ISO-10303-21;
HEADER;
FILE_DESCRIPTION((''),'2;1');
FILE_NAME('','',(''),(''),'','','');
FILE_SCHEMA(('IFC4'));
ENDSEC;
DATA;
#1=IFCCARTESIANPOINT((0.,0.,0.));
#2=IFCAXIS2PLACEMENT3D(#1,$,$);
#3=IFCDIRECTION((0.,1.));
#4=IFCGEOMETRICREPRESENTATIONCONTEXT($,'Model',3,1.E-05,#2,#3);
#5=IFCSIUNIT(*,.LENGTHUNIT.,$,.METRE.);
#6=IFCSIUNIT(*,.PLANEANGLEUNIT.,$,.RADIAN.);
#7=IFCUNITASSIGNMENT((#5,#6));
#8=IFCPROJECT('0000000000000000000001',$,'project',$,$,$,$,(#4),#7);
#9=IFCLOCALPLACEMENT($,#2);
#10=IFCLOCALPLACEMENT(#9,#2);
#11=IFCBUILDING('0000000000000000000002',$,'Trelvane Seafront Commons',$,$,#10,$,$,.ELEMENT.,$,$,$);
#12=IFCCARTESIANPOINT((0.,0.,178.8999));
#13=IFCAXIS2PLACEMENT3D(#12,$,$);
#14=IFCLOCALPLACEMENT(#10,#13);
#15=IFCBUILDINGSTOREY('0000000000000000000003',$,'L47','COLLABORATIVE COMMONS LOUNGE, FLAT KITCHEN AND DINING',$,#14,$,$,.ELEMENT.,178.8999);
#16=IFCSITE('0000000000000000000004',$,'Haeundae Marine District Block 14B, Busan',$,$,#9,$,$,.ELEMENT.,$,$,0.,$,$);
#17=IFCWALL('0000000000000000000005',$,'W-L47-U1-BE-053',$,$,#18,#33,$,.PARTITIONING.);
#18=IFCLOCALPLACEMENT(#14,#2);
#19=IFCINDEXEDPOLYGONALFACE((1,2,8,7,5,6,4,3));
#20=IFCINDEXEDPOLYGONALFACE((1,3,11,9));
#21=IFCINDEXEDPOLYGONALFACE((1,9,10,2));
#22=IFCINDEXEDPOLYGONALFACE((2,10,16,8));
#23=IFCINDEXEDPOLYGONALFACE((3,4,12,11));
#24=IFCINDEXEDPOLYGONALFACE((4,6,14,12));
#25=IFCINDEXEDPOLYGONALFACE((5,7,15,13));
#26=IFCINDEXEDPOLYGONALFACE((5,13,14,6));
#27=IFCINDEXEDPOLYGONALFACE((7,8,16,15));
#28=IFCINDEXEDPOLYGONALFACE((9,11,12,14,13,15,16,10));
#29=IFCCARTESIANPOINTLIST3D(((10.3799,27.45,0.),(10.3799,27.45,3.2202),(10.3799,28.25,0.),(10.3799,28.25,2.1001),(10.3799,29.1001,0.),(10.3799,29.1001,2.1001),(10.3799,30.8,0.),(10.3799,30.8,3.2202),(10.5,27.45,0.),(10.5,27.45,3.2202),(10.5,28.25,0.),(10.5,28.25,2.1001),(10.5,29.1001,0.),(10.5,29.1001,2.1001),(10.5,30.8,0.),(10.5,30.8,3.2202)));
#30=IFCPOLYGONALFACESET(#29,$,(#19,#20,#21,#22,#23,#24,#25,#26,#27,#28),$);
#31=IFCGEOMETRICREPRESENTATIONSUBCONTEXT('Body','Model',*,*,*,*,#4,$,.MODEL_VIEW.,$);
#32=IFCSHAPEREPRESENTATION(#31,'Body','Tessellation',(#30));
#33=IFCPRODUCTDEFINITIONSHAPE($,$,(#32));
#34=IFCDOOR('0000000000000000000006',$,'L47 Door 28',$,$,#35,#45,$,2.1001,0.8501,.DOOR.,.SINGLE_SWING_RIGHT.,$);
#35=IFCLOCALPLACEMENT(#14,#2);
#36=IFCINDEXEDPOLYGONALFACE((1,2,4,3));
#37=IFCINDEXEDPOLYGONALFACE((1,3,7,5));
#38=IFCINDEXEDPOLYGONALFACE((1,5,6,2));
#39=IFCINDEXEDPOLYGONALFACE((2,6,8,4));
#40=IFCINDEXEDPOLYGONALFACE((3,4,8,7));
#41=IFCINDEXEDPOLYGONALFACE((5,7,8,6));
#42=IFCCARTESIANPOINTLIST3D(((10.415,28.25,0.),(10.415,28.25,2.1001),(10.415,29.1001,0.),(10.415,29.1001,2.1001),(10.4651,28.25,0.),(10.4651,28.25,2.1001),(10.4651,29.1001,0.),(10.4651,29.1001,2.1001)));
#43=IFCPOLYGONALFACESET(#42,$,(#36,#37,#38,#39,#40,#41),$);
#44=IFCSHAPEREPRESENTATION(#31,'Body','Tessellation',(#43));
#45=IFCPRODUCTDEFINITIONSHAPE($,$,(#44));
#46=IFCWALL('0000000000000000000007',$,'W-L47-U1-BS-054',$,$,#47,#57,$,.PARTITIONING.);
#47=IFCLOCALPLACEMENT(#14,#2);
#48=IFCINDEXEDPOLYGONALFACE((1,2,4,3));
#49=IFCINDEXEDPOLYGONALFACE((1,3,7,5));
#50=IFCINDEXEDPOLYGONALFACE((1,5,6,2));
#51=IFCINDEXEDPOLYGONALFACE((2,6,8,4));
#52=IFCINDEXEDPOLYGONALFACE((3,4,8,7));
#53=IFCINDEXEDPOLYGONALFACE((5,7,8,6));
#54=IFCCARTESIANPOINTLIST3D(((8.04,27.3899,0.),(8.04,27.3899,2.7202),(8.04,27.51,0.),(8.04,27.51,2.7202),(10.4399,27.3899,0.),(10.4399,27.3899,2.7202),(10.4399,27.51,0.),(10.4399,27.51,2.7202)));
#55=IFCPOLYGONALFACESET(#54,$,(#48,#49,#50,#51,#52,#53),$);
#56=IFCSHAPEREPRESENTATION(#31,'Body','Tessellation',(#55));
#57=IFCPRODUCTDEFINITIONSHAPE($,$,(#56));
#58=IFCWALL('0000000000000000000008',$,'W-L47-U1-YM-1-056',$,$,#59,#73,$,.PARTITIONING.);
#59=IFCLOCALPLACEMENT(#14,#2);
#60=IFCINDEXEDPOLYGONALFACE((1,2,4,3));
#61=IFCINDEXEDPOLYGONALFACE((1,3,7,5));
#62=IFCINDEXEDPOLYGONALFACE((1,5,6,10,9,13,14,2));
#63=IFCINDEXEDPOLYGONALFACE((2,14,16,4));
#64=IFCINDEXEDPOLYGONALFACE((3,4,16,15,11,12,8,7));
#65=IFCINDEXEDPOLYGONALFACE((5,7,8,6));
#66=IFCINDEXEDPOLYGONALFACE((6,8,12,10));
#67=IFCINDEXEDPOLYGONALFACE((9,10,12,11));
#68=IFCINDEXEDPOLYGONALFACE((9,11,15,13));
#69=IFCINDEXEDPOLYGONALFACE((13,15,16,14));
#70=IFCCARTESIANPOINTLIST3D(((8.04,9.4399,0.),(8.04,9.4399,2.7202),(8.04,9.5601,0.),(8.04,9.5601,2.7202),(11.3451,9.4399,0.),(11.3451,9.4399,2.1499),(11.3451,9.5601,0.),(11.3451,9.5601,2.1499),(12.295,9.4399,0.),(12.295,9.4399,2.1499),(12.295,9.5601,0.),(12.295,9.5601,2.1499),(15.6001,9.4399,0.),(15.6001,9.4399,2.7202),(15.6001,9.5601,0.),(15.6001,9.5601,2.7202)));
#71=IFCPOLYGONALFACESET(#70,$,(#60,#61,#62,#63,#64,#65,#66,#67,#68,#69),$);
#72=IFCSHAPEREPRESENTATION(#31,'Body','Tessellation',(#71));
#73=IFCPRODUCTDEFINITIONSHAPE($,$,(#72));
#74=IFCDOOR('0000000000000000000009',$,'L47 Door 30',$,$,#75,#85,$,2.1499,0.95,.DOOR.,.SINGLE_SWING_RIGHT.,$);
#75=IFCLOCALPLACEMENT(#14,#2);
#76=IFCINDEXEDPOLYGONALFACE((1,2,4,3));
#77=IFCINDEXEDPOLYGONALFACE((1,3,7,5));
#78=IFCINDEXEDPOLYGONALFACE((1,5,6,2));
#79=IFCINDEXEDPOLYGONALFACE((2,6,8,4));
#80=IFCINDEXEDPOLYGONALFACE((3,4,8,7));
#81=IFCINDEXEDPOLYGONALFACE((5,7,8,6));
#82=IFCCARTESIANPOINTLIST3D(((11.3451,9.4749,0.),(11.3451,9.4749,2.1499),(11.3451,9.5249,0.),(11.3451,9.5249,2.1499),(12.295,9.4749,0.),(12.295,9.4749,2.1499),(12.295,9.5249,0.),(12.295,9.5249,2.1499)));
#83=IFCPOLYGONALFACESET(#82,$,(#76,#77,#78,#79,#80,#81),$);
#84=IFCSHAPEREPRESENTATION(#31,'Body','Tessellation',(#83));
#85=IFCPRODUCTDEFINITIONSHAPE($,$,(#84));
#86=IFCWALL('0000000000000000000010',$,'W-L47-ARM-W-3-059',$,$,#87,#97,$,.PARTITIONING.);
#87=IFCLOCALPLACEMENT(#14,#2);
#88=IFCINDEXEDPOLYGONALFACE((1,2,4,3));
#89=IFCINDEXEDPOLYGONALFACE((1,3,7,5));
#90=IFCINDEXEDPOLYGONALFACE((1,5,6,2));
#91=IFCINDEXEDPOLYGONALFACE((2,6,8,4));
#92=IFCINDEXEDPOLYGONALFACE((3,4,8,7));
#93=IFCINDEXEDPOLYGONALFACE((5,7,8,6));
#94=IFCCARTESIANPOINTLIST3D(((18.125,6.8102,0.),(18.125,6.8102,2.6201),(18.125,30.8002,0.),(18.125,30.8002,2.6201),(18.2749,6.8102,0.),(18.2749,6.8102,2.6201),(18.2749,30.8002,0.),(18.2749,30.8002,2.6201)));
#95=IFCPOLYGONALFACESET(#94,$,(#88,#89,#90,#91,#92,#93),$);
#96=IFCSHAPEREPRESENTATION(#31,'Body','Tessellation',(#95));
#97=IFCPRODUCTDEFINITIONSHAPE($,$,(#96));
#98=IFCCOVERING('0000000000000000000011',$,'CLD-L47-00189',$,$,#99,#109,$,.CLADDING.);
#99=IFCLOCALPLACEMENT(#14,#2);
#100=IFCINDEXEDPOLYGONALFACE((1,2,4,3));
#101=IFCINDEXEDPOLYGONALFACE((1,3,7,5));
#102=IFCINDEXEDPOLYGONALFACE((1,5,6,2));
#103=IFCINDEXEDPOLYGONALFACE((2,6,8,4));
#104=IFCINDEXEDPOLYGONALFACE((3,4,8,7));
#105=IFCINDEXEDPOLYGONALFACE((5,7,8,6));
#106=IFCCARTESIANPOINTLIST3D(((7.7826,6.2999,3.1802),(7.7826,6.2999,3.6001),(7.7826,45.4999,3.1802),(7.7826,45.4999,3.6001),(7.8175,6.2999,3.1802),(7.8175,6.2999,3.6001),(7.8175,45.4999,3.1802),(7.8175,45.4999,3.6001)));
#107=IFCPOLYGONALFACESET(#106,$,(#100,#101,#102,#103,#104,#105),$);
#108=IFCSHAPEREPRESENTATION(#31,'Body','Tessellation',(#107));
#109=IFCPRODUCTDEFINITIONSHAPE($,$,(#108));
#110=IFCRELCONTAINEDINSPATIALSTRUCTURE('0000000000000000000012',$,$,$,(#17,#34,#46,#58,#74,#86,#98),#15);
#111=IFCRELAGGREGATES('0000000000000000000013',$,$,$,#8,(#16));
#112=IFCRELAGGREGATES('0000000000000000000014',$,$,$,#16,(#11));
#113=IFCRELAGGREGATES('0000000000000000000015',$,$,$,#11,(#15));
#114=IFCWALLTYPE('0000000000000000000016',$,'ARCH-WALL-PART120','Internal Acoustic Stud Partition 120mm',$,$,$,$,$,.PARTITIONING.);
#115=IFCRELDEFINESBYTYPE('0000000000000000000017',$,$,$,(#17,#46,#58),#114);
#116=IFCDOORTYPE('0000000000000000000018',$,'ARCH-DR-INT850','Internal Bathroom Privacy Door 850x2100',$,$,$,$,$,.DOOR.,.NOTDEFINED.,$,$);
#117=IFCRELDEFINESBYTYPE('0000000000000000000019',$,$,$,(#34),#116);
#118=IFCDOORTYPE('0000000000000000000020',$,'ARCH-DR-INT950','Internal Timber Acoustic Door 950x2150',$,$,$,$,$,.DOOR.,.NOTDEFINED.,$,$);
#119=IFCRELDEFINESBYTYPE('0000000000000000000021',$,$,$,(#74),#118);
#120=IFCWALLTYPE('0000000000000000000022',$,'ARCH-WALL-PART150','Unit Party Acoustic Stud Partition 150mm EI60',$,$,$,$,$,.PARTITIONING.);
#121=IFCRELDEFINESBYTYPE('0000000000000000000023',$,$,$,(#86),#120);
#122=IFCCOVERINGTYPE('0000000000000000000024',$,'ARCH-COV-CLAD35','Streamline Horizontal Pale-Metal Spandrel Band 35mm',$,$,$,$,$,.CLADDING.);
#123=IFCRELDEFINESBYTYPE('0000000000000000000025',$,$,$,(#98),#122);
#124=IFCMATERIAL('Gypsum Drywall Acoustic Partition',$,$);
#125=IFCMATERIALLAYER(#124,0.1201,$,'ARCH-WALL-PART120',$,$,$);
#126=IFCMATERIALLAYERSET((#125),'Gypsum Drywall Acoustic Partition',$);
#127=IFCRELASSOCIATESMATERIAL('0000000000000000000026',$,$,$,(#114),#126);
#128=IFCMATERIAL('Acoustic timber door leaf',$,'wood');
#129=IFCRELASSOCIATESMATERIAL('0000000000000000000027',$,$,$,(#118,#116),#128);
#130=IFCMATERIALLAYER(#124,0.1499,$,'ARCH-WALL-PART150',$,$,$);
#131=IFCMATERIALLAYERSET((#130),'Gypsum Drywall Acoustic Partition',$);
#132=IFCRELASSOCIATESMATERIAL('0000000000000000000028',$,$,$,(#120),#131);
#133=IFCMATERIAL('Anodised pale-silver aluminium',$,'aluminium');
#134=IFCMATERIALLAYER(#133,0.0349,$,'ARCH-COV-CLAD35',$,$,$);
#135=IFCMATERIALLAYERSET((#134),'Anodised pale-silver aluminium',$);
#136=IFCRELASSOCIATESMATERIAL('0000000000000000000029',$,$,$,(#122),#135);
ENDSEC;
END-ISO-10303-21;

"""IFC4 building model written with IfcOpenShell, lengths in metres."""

from ifc_helpers import new_model, si_unit, direction, frame, frame_2d, origin, origin_2d, place, context, subcontext, project, spatial, rectangle, extrude, source, transform, mapped, material, layer, layer_set, type_object, element, fill, save


model = new_model("IFC4")

# Units and contexts
model_context = context("Model", 3, precision=1e-05, world=origin(), true_north=direction((0.0, 1.0)))
body_context = subcontext(model_context, "Body", "Model", "MODEL_VIEW")
ifc_project = project(units=[si_unit("LENGTHUNIT", "METRE"), si_unit("PLANEANGLEUNIT", "RADIAN")], contexts=[model_context])

# Site, building, storey
site_placement = place(None, origin())
site = spatial("IfcSite", under=ifc_project, at=site_placement, Name="Haeundae Marine District Block 14B, Busan", CompositionType="ELEMENT", RefElevation=0.0)
building_placement = place(site_placement, origin())
building = spatial("IfcBuilding", under=site, at=building_placement, Name="Trelvane Seafront Commons", CompositionType="ELEMENT")
storey_placement = place(building_placement, frame((0.0, 0.0, 178.8999)))
storey = spatial("IfcBuildingStorey", under=building, at=storey_placement, Name="L47", Description="COLLABORATIVE COMMONS LOUNGE, FLAT KITCHEN AND DINING", CompositionType="ELEMENT", Elevation=178.8999)

# Shared definitions
ifc_material_1 = material(Name="Anodised pale-silver aluminium", Category="aluminium")

# Wall, opening, door
ifc_material_2 = material(Name="Gypsum Drywall Acoustic Partition")
ifc_layer_1 = layer(ifc_material_2, 0.1201, Name="ARCH-WALL-PART120")
ifc_layer_set_1 = layer_set([ifc_layer_1], Name="Gypsum Drywall Acoustic Partition")
wall_type_1 = type_object("IfcWallType", Name="ARCH-WALL-PART120", Description="Internal Acoustic Stud Partition 120mm", PredefinedType="PARTITIONING", material=ifc_layer_set_1)
ifc_material_3 = material(Name="Acoustic timber door leaf", Category="wood")
door_type_1 = type_object("IfcDoorType", Name="ARCH-DR-INT950", Description="Internal Timber Acoustic Door 950x2150", OperationType="NOTDEFINED", PredefinedType="DOOR", material=ifc_material_3)
shared_shape_1 = source(origin(), body_context, "Body", "SweptSolid", [
    extrude(rectangle(XDim=0.95, YDim=2.1499, at=frame_2d((0.4751, 1.075))), frame((0.0, 0.0249, 0.0), z_axis=(0.0, -1.0, 0.0), x_axis=(1.0, 0.0, 0.0)), (0.0, 0.0, 1.0), 0.05),
])
wall_1_placement = place(storey_placement, frame((10.4399, 27.45, 0.0), z_axis=(0.0, 0.0, 1.0), x_axis=(0.0, 1.0, 0.0)))
wall_1 = element("IfcWall", 1, at=wall_1_placement, inside=storey, type_object=wall_type_1, Name="W-L47-U1-BE-053", PredefinedType="PARTITIONING", context=body_context, shape_type="SweptSolid", body=[
    extrude(rectangle(XDim=3.3501, YDim=0.1201, at=frame_2d((1.675, 0.0))), origin(), (0.0, 0.0, 1.0), 3.2202),
])
opening_1_placement = place(wall_1_placement, frame((0.8, 0.0, 0.0)))
opening_1 = element("IfcOpeningElement", 2, at=opening_1_placement, cuts=wall_1, PredefinedType="OPENING", context=body_context, shape_type="SweptSolid", body=[
    extrude(rectangle(XDim=0.8501, YDim=2.1001, at=frame_2d((0.425, 1.05))), frame((0.0, 0.0701, 0.0), z_axis=(0.0, -1.0, 0.0), x_axis=(1.0, 0.0, 0.0)), (0.0, 0.0, 1.0), 0.1401),
])
door_type_2 = type_object("IfcDoorType", Name="ARCH-DR-INT850", Description="Internal Bathroom Privacy Door 850x2100", OperationType="NOTDEFINED", PredefinedType="DOOR", material=ifc_material_3)
shared_shape_2 = source(origin(), body_context, "Body", "SweptSolid", [
    extrude(rectangle(XDim=0.8501, YDim=2.1001, at=frame_2d((0.425, 1.05))), frame((0.0, 0.0249, 0.0), z_axis=(0.0, -1.0, 0.0), x_axis=(1.0, 0.0, 0.0)), (0.0, 0.0, 1.0), 0.05),
])
door_1_placement = place(opening_1_placement, origin())
door_1 = element("IfcDoor", 3, at=door_1_placement, inside=storey, type_object=door_type_2, Name="L47 Door 28", OperationType="SINGLE_SWING_RIGHT", OverallHeight=2.1001, OverallWidth=0.8501, PredefinedType="DOOR", context=body_context, shape_type="MappedRepresentation", body=[
    mapped(shared_shape_2, transform((0.0, 0.0, 0.0), x_axis=(1.0, 0.0, 0.0), y_axis=(0.0, 1.0, 0.0), z_axis=(0.0, 0.0, 1.0), scale=1.0)),
])
fill(opening_1, door_1)

# Wall
wall_2_placement = place(storey_placement, frame((8.04, 27.45, 0.0), z_axis=(0.0, 0.0, 1.0), x_axis=(1.0, 0.0, 0.0)))
element("IfcWall", 4, at=wall_2_placement, inside=storey, type_object=wall_type_1, Name="W-L47-U1-BS-054", PredefinedType="PARTITIONING", context=body_context, shape_type="SweptSolid", body=[
    extrude(rectangle(XDim=2.3999, YDim=0.1201, at=frame_2d((1.2, 0.0))), origin(), (0.0, 0.0, 1.0), 2.7202),
])

# Wall, opening, door
wall_3_placement = place(storey_placement, frame((8.04, 9.5, 0.0), z_axis=(0.0, 0.0, 1.0), x_axis=(1.0, 0.0, 0.0)))
wall_3 = element("IfcWall", 5, at=wall_3_placement, inside=storey, type_object=wall_type_1, Name="W-L47-U1-YM-1-056", PredefinedType="PARTITIONING", context=body_context, shape_type="SweptSolid", body=[
    extrude(rectangle(XDim=7.5601, YDim=0.1201, at=frame_2d((3.78, 0.0))), origin(), (0.0, 0.0, 1.0), 2.7202),
])
opening_2_placement = place(wall_3_placement, frame((3.3049, 0.0, 0.0)))
opening_2 = element("IfcOpeningElement", 6, at=opening_2_placement, cuts=wall_3, PredefinedType="OPENING", context=body_context, shape_type="SweptSolid", body=[
    extrude(rectangle(XDim=0.95, YDim=2.1499, at=frame_2d((0.4751, 1.075))), frame((0.0, 0.0701, 0.0), z_axis=(0.0, -1.0, 0.0), x_axis=(1.0, 0.0, 0.0)), (0.0, 0.0, 1.0), 0.1401),
])
door_2_placement = place(opening_2_placement, origin())
door_2 = element("IfcDoor", 7, at=door_2_placement, inside=storey, type_object=door_type_1, Name="L47 Door 30", OperationType="SINGLE_SWING_RIGHT", OverallHeight=2.1499, OverallWidth=0.95, PredefinedType="DOOR", context=body_context, shape_type="MappedRepresentation", body=[
    mapped(shared_shape_1, transform((0.0, 0.0, 0.0), x_axis=(1.0, 0.0, 0.0), y_axis=(0.0, 1.0, 0.0), z_axis=(0.0, 0.0, 1.0), scale=1.0)),
])
fill(opening_2, door_2)

# Wall
ifc_layer_2 = layer(ifc_material_2, 0.1499, Name="ARCH-WALL-PART150")
ifc_layer_set_2 = layer_set([ifc_layer_2], Name="Gypsum Drywall Acoustic Partition")
wall_type_2 = type_object("IfcWallType", Name="ARCH-WALL-PART150", Description="Unit Party Acoustic Stud Partition 150mm EI60", PredefinedType="PARTITIONING", material=ifc_layer_set_2)
wall_4_placement = place(storey_placement, frame((18.2, 6.8101, 0.0), z_axis=(0.0, 0.0, 1.0), x_axis=(0.0, 1.0, 0.0)))
element("IfcWall", 8, at=wall_4_placement, inside=storey, type_object=wall_type_2, Name="W-L47-ARM-W-3-059", PredefinedType="PARTITIONING", context=body_context, shape_type="SweptSolid", body=[
    extrude(rectangle(XDim=23.99, YDim=0.1499, at=frame_2d((11.9951, 0.0))), origin(), (0.0, 0.0, 1.0), 2.6201),
])

# Covering
ifc_layer_3 = layer(ifc_material_1, 0.0349, Name="ARCH-COV-CLAD35")
ifc_layer_set_3 = layer_set([ifc_layer_3], Name="Anodised pale-silver aluminium")
covering_type = type_object("IfcCoveringType", Name="ARCH-COV-CLAD35", Description="Streamline Horizontal Pale-Metal Spandrel Band 35mm", PredefinedType="CLADDING", material=ifc_layer_set_3)
shared_shape_3 = source(origin(), body_context, "Body", "SweptSolid", [
    extrude(rectangle(XDim=39.2, YDim=0.0349, at=origin_2d()), origin(), (0.0, 0.0, 1.0), 0.4199),
])
covering_placement = place(storey_placement, frame((7.8, 25.8999, 3.1802), z_axis=(0.0, 0.0, 1.0), x_axis=(0.0, 1.0, 0.0)))
element("IfcCovering", 9, at=covering_placement, inside=storey, type_object=covering_type, Name="CLD-L47-00189", PredefinedType="CLADDING", context=body_context, shape_type="MappedRepresentation", body=[
    mapped(shared_shape_3, transform((0.0, 0.0, 0.0), x_axis=(1.0, 0.0, 0.0), y_axis=(0.0, 1.0, 0.0), z_axis=(0.0, 0.0, 1.0), scale=1.0)),
])

save(model, "model.ifc")
